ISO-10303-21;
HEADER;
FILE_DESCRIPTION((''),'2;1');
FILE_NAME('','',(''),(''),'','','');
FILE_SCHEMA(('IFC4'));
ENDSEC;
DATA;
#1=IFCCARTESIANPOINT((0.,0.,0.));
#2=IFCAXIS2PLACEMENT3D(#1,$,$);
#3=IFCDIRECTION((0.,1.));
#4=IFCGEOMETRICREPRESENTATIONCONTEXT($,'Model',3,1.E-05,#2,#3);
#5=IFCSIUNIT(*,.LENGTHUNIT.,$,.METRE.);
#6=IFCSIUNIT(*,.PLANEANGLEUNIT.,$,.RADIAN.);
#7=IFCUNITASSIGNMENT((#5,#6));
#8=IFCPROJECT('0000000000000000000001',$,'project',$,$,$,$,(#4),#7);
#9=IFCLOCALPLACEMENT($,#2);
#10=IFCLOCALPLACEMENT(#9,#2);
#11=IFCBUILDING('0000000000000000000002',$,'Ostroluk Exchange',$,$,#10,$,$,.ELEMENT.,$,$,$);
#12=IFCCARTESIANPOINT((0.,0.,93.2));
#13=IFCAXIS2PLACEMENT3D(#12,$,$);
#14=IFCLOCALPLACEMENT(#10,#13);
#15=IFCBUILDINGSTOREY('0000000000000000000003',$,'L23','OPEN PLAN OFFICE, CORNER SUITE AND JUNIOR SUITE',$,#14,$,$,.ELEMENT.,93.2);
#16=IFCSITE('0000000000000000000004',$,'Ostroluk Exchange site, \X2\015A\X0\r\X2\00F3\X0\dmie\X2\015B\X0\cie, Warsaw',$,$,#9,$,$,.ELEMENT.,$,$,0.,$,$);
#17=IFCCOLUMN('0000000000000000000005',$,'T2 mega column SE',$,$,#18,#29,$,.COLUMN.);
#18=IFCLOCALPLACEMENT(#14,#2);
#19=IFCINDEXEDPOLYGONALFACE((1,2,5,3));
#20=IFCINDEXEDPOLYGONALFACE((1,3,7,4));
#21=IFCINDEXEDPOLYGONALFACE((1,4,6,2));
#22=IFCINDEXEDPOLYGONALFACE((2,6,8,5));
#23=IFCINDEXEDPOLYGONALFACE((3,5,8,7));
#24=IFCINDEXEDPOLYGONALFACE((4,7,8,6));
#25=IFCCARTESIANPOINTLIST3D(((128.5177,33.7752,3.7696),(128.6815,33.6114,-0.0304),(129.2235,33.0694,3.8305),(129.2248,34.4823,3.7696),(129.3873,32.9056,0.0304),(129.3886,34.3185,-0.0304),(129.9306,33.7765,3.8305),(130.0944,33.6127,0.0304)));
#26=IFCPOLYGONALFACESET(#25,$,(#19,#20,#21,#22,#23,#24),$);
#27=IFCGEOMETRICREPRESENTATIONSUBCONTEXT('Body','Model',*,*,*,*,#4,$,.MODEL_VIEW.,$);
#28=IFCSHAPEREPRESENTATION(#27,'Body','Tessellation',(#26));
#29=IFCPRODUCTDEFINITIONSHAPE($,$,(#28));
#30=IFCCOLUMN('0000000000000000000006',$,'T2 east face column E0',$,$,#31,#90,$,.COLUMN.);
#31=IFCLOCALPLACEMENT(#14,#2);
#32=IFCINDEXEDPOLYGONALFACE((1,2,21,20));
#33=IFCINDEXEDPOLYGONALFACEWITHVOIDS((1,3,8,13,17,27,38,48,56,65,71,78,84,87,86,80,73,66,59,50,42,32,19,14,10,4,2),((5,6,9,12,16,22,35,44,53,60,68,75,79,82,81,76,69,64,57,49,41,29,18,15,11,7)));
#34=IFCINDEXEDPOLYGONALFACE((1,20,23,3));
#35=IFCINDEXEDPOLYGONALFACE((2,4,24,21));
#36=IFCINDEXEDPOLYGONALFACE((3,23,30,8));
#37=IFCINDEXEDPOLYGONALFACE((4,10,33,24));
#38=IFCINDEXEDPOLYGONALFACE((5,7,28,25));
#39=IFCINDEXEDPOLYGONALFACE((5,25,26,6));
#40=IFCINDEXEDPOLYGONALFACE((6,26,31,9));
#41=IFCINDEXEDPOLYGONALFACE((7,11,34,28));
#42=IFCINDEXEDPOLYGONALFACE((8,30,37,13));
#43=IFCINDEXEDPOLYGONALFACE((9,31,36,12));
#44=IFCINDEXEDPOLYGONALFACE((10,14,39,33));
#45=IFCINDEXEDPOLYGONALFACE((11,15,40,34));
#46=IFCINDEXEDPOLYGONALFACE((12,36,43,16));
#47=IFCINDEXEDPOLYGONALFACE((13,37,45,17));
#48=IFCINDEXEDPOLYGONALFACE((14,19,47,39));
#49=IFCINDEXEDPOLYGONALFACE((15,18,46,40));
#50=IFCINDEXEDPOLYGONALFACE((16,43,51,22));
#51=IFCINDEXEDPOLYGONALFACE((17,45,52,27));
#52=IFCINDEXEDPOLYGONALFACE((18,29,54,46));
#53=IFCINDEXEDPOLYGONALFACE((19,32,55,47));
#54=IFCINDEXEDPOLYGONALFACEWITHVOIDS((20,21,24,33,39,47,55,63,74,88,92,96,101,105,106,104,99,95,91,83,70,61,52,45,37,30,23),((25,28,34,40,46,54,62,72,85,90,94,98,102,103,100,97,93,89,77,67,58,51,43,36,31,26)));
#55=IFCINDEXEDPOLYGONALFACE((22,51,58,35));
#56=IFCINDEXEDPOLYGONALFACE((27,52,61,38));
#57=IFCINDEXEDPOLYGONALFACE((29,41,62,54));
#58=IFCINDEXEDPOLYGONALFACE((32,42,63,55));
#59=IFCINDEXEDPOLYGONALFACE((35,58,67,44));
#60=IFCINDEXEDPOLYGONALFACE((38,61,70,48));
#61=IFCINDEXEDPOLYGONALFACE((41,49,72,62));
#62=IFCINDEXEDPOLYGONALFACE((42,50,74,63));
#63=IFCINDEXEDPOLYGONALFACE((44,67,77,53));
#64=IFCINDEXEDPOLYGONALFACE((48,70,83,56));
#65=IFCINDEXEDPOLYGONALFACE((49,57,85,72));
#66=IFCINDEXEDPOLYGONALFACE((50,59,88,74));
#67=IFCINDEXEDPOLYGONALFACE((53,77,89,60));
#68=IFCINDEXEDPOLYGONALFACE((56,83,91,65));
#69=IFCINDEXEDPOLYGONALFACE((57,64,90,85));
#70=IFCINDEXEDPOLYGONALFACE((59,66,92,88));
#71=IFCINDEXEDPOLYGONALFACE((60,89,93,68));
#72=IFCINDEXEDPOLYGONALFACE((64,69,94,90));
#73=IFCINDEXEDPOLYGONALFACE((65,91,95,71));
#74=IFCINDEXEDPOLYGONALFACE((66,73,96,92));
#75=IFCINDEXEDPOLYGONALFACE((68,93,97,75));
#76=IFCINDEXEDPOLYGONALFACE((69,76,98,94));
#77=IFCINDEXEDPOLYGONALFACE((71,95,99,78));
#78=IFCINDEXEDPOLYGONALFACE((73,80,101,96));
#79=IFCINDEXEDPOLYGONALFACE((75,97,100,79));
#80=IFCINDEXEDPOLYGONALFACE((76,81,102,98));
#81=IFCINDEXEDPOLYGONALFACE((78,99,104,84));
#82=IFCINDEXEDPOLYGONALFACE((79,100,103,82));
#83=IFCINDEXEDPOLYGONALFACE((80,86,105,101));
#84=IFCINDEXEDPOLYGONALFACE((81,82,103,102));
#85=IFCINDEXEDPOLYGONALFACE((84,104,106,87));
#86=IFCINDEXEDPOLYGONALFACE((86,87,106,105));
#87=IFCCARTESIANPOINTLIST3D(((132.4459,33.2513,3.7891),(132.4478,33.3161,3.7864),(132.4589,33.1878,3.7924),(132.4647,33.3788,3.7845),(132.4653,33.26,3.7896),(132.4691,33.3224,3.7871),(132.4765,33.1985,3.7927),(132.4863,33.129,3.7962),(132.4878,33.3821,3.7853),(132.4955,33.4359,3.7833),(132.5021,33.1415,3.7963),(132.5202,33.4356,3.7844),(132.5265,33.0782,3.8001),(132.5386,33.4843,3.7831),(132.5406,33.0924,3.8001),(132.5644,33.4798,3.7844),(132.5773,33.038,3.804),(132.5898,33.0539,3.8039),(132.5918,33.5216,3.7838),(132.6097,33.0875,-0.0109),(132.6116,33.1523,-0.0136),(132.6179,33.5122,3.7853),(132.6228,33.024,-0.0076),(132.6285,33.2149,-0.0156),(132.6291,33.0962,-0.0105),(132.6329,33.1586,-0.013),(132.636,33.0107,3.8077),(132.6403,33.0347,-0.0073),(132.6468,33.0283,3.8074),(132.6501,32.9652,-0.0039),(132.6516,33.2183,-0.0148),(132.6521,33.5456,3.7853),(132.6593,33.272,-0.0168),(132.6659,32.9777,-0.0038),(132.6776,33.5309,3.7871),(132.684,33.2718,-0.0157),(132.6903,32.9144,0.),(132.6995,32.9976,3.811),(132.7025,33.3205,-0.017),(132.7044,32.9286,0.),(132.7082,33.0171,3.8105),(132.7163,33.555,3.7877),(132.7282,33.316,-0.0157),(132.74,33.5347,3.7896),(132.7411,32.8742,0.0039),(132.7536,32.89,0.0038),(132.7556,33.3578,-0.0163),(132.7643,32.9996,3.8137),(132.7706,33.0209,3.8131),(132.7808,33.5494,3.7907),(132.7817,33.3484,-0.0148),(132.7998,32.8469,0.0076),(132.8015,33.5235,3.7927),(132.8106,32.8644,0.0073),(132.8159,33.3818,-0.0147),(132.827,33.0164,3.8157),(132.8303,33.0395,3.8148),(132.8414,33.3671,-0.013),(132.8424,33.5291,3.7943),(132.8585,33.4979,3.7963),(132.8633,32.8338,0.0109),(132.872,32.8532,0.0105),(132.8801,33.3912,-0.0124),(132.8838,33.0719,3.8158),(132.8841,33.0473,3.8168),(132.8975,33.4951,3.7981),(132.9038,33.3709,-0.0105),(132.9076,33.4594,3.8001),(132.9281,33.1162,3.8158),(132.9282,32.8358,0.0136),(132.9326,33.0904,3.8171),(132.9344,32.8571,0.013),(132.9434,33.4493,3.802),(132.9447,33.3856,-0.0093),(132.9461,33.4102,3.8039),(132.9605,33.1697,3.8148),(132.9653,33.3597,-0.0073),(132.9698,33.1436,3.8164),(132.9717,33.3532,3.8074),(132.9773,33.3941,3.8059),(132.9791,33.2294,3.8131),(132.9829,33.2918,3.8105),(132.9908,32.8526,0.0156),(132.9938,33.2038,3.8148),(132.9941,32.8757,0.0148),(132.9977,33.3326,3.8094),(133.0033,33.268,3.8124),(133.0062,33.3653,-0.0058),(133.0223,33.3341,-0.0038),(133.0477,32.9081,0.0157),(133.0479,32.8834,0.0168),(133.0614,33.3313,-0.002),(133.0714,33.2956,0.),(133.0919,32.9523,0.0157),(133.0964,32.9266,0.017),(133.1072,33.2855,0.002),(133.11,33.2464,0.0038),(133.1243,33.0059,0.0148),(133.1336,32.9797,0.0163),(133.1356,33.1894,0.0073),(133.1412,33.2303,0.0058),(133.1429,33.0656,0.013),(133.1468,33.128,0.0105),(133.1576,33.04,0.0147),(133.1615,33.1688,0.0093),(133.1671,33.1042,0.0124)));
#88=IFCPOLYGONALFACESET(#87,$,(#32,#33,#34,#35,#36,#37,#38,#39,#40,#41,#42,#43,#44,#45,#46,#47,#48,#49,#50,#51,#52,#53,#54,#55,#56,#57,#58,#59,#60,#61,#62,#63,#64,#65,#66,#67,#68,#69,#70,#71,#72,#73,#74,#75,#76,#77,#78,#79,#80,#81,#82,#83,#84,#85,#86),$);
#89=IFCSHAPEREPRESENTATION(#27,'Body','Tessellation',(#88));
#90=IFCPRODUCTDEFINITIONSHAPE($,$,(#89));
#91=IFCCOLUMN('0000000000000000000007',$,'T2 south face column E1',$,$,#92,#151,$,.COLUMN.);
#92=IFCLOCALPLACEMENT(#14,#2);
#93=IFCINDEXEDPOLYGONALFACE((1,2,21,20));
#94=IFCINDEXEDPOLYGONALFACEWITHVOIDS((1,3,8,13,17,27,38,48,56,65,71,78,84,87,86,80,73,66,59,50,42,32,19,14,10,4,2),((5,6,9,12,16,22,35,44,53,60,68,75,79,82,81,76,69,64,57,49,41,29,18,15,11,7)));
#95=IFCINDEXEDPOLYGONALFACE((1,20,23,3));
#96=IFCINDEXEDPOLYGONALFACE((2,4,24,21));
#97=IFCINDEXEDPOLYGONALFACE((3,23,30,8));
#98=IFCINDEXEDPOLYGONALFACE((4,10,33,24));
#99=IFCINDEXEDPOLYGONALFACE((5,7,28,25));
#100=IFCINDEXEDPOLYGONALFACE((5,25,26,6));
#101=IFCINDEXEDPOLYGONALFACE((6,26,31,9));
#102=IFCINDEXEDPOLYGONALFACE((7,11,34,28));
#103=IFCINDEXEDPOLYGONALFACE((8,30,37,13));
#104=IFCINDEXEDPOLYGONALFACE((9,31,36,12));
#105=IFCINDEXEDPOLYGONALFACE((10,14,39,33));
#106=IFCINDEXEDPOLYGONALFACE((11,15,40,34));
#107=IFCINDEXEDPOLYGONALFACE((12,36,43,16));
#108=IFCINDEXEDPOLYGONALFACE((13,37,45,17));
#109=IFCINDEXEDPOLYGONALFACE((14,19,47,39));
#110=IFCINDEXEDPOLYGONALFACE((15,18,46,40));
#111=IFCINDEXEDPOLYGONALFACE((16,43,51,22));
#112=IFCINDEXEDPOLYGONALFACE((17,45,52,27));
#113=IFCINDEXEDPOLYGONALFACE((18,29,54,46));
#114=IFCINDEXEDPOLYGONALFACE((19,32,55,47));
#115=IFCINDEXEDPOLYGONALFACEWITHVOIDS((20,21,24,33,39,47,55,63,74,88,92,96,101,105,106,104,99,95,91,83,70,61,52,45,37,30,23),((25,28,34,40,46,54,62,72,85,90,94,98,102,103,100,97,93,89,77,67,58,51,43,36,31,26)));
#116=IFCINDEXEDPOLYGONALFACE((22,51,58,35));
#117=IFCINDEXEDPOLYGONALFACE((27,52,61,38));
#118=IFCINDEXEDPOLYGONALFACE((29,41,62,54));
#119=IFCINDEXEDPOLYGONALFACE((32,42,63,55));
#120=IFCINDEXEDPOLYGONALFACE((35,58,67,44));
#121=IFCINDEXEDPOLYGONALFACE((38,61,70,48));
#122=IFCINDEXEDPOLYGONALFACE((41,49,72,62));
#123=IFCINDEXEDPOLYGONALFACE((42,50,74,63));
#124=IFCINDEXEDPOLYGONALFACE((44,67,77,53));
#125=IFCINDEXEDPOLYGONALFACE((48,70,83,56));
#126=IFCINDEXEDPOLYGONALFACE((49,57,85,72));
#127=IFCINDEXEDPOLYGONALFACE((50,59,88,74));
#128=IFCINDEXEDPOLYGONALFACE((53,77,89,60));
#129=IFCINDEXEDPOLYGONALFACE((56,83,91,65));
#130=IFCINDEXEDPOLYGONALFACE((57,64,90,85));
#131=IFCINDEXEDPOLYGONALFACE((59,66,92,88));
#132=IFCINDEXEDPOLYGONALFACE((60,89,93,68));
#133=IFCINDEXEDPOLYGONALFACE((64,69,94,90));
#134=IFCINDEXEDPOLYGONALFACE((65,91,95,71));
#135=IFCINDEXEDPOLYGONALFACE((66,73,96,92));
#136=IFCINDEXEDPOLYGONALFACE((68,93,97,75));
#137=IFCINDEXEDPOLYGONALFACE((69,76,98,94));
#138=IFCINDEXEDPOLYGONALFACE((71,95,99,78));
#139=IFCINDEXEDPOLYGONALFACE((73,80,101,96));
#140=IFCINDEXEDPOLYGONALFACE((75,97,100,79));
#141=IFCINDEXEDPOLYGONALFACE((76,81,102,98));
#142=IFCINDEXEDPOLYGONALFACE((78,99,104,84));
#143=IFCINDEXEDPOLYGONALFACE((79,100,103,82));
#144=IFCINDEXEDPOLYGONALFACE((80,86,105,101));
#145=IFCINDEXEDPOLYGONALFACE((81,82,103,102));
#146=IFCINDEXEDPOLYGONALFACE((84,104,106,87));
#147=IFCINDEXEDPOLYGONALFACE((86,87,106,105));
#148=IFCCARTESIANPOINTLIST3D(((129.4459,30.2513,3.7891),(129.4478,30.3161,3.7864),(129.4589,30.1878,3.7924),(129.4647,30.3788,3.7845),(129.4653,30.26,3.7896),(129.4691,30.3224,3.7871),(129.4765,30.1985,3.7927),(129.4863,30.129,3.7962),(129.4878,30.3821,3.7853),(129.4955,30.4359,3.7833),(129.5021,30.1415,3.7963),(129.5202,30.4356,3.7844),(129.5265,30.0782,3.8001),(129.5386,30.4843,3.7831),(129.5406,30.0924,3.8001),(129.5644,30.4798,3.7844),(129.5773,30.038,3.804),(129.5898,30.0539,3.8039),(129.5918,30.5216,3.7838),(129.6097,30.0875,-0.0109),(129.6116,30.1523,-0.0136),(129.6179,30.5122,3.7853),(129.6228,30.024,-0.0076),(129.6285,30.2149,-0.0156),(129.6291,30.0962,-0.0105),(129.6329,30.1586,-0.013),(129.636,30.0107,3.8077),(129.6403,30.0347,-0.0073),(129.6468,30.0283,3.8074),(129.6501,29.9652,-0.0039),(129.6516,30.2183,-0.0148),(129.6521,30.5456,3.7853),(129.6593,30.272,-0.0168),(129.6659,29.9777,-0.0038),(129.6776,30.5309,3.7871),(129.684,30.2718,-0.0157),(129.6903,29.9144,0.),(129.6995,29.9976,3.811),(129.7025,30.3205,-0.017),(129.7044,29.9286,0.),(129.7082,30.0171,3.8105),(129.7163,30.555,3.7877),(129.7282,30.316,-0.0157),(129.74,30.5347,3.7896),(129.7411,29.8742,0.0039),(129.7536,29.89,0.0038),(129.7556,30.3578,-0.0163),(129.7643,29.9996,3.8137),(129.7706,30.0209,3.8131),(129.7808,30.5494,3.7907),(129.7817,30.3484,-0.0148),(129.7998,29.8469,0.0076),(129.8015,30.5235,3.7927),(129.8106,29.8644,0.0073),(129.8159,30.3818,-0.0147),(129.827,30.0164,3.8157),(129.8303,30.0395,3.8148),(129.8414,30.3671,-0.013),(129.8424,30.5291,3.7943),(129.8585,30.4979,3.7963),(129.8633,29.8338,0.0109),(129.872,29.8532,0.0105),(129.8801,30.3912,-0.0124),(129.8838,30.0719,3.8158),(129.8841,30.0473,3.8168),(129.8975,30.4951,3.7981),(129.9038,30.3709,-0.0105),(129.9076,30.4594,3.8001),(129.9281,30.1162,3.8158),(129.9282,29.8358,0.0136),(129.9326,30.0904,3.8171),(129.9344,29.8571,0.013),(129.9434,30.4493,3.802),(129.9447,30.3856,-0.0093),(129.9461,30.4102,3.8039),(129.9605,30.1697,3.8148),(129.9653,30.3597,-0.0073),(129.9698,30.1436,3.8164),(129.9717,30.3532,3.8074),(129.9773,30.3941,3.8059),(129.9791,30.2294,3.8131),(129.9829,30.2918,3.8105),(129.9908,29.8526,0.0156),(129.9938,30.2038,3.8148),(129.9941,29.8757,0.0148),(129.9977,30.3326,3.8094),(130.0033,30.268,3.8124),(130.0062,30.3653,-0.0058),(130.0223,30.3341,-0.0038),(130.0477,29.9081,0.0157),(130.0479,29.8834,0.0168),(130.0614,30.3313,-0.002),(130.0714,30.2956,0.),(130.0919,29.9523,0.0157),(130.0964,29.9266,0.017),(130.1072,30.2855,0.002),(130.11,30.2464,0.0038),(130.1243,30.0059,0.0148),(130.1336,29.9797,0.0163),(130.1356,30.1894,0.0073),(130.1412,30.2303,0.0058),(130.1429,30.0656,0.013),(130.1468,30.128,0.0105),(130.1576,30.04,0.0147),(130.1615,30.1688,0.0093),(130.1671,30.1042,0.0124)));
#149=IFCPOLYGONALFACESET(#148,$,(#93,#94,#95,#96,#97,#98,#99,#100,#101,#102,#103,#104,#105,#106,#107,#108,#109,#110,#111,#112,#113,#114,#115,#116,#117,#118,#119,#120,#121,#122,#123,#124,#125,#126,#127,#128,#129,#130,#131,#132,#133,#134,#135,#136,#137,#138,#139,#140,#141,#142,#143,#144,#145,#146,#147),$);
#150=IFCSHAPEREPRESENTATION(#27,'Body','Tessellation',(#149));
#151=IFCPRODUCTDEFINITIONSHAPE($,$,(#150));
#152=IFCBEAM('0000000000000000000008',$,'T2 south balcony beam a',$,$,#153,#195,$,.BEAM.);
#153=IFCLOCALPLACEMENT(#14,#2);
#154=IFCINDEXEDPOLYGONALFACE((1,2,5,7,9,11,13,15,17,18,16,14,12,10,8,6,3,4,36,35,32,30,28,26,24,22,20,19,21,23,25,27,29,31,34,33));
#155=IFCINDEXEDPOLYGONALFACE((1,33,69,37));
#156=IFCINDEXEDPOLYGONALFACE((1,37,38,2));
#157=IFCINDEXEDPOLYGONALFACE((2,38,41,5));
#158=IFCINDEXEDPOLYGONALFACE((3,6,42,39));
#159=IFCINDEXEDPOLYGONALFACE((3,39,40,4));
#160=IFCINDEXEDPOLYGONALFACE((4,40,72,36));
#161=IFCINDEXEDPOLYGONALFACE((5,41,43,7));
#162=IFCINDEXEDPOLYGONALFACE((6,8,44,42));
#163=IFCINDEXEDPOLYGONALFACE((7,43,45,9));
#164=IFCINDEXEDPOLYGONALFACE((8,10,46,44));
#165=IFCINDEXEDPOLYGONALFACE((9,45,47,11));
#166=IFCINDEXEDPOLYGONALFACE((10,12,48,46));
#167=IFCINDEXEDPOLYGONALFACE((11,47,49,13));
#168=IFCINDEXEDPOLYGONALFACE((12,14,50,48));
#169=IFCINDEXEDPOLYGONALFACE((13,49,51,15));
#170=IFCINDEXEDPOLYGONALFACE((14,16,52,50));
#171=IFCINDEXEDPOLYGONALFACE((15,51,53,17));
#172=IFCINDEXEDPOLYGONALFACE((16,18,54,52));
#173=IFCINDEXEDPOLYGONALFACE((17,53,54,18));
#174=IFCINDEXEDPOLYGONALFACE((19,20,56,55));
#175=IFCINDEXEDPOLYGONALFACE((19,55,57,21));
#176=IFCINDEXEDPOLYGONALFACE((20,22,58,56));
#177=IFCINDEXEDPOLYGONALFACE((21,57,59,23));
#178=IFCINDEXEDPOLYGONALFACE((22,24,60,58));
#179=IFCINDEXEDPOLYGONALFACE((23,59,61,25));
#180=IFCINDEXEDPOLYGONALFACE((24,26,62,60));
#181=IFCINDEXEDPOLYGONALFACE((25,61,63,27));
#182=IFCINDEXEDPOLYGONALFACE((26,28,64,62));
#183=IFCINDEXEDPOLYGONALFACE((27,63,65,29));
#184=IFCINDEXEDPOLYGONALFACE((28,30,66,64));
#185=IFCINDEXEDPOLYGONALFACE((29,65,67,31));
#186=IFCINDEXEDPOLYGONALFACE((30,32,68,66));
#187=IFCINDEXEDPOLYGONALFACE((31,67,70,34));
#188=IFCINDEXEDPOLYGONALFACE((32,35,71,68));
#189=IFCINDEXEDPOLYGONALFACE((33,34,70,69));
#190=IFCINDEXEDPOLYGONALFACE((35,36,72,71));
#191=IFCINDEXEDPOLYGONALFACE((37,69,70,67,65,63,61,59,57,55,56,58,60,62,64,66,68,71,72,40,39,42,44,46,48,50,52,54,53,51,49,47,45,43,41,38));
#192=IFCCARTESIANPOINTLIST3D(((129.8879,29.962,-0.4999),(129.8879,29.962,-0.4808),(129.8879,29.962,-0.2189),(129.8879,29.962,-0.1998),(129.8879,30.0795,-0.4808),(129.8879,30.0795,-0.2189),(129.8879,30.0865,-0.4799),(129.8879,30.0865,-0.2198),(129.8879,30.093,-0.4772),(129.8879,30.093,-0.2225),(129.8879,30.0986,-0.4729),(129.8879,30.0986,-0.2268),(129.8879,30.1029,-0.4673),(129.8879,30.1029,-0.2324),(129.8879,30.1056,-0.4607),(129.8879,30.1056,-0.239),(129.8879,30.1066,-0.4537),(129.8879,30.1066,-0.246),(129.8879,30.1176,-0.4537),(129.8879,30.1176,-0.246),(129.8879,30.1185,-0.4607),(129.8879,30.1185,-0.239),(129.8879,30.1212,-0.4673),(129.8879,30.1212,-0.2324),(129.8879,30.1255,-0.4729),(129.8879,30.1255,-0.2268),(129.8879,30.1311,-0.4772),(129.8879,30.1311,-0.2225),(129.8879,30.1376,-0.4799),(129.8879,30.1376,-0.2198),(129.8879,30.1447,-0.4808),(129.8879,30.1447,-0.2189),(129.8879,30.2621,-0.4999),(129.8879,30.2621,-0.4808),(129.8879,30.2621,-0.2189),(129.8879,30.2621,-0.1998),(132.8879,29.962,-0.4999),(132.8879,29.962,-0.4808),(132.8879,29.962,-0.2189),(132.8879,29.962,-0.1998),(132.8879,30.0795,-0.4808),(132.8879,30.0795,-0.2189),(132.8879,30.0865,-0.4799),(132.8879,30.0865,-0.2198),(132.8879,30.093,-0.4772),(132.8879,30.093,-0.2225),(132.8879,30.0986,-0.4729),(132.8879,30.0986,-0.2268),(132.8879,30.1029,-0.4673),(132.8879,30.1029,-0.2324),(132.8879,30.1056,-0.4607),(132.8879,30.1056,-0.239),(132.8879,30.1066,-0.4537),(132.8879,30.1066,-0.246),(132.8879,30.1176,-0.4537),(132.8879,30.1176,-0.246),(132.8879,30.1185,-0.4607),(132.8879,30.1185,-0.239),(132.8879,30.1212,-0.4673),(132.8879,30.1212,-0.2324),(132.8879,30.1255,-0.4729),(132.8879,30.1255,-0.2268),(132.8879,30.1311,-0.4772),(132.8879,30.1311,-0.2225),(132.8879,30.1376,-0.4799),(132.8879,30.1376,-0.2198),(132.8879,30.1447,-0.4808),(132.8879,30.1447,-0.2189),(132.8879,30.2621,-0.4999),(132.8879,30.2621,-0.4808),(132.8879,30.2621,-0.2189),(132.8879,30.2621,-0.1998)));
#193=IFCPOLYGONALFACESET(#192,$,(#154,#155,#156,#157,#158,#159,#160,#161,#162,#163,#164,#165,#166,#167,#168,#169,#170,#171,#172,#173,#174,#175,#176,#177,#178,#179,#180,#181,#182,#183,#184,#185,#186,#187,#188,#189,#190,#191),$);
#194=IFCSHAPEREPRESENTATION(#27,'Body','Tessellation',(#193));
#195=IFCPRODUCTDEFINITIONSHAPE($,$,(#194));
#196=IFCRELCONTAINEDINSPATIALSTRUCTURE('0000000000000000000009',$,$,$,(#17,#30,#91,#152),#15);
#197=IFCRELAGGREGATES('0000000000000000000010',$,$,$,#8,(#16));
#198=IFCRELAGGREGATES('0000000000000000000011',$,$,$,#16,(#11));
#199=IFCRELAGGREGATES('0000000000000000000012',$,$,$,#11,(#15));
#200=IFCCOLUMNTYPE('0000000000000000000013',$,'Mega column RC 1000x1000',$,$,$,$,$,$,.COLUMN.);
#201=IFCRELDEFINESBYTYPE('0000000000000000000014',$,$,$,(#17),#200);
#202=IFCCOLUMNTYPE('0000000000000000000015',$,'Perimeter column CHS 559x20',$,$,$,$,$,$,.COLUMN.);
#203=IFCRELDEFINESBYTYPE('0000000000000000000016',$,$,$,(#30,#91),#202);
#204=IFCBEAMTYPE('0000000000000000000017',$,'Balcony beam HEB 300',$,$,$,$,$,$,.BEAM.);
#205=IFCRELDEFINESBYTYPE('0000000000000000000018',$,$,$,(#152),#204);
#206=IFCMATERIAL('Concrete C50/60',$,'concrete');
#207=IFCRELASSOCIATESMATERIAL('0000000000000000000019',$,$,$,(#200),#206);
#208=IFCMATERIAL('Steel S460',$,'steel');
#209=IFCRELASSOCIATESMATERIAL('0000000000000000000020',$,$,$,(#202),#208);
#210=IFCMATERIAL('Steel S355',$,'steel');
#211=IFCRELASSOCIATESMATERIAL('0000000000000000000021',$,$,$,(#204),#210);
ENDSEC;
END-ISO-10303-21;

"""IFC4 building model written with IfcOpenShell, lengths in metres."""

from ifc_helpers import new_model, si_unit, direction, frame, origin, origin_2d, place, context, subcontext, project, spatial, rectangle, hollow_circle, i_section, extrude, material, material_profile, profile_set, type_object, element, save


model = new_model("IFC4")

# Units and contexts
model_context = context("Model", 3, precision=1e-05, world=origin(), true_north=direction((0.0, 1.0)))
body_context = subcontext(model_context, "Body", "Model", "MODEL_VIEW")
ifc_project = project(units=[si_unit("LENGTHUNIT", "METRE"), si_unit("PLANEANGLEUNIT", "RADIAN")], contexts=[model_context])

# Site, building, storey
site_placement = place(None, origin())
site = spatial("IfcSite", under=ifc_project, at=site_placement, Name="Ostroluk Exchange site, Śródmieście, Warsaw", CompositionType="ELEMENT", RefElevation=0.0)
building_placement = place(site_placement, origin())
building = spatial("IfcBuilding", under=site, at=building_placement, Name="Ostroluk Exchange", CompositionType="ELEMENT")
storey_placement = place(building_placement, frame((0.0, 0.0, 93.2)))
storey = spatial("IfcBuildingStorey", under=building, at=storey_placement, Name="L23", Description="OPEN PLAN OFFICE, CORNER SUITE AND JUNIOR SUITE", CompositionType="ELEMENT", Elevation=93.2)

# Columns
ifc_material_1 = material(Name="Concrete C50/60", Category="concrete")
ifc_material_profile_1 = material_profile(ifc_material_1, rectangle(XDim=1.0, YDim=1.0, at=origin_2d()), Name="RC 1000x1000")
ifc_profile_set_1 = profile_set([ifc_material_profile_1], Name="Concrete C50/60")
column_type_1 = type_object("IfcColumnType", Name="Mega column RC 1000x1000", PredefinedType="COLUMN", material=ifc_profile_set_1)
column_placement = place(storey_placement, frame((129.3879, 33.6121, 0.0), z_axis=(-0.04303, 0.04303, 0.998147), x_axis=(-0.707107, -0.707107, 0.0)))
element("IfcColumn", 1, at=column_placement, inside=storey, type_object=column_type_1, Name="T2 mega column SE", PredefinedType="COLUMN", context=body_context, shape_type="SweptSolid", body=[
    extrude(rectangle(XDim=1.0, YDim=1.0, at=origin_2d()), origin(), (0.0, 0.0, 1.0), 3.8071),
])
ifc_material_2 = material(Name="Steel S460", Category="steel")
ifc_material_profile_2 = material_profile(ifc_material_2, hollow_circle(Radius=0.2795, WallThickness=0.02, at=origin_2d()), Name="CHS 559x20")
ifc_profile_set_2 = profile_set([ifc_material_profile_2], Name="Steel S460")
column_type_2 = type_object("IfcColumnType", Name="Perimeter column CHS 559x20", PredefinedType="COLUMN", material=ifc_profile_set_2)
for number, where, z_axis, x_axis, name in (
    (2, (132.8879, 33.1121, 0.0), (-0.04303, 0.04303, 0.998147), (-0.707107, -0.707107, 0.0), "T2 east face column E0"),
    (3, (129.8879, 30.1121, 0.0), (-0.04303, 0.04303, 0.998147), (-0.707107, -0.707107, 0.0), "T2 south face column E1"),
):
    element("IfcColumn", number, at=place(storey_placement, frame(where, z_axis=z_axis, x_axis=x_axis)), inside=storey, type_object=column_type_2, Name=name, PredefinedType="COLUMN", context=body_context, shape_type="SweptSolid", body=[
        extrude(hollow_circle(Radius=0.2795, WallThickness=0.02, at=origin_2d()), origin(), (0.0, 0.0, 1.0), 3.8071),
    ])

# Beam
ifc_material_3 = material(Name="Steel S355", Category="steel")
ifc_material_profile_3 = material_profile(ifc_material_3, i_section(OverallWidth=0.3, OverallDepth=0.3, WebThickness=0.011, FlangeThickness=0.019, FilletRadius=0.0271, at=origin_2d()), Name="HEB 300")
ifc_profile_set_3 = profile_set([ifc_material_profile_3], Name="Steel S355")
beam_type_1 = type_object("IfcBeamType", Name="Balcony beam HEB 300", PredefinedType="BEAM", material=ifc_profile_set_3)
for number, where, z_axis, x_axis, name in (
    (4, (129.8879, 30.1121, -0.3499), (1.0, 0.0, 0.0), (0.0, 1.0, 0.0), "T2 south balcony beam a"),
):
    element("IfcBeam", number, at=place(storey_placement, frame(where, z_axis=z_axis, x_axis=x_axis)), inside=storey, type_object=beam_type_1, Name=name, PredefinedType="BEAM", context=body_context, shape_type="SweptSolid", body=[
        extrude(i_section(OverallWidth=0.3, OverallDepth=0.3, WebThickness=0.011, FlangeThickness=0.019, FilletRadius=0.0271, at=origin_2d()), origin(), (0.0, 0.0, 1.0), 3.0),
    ])

save(model, "model.ifc")
